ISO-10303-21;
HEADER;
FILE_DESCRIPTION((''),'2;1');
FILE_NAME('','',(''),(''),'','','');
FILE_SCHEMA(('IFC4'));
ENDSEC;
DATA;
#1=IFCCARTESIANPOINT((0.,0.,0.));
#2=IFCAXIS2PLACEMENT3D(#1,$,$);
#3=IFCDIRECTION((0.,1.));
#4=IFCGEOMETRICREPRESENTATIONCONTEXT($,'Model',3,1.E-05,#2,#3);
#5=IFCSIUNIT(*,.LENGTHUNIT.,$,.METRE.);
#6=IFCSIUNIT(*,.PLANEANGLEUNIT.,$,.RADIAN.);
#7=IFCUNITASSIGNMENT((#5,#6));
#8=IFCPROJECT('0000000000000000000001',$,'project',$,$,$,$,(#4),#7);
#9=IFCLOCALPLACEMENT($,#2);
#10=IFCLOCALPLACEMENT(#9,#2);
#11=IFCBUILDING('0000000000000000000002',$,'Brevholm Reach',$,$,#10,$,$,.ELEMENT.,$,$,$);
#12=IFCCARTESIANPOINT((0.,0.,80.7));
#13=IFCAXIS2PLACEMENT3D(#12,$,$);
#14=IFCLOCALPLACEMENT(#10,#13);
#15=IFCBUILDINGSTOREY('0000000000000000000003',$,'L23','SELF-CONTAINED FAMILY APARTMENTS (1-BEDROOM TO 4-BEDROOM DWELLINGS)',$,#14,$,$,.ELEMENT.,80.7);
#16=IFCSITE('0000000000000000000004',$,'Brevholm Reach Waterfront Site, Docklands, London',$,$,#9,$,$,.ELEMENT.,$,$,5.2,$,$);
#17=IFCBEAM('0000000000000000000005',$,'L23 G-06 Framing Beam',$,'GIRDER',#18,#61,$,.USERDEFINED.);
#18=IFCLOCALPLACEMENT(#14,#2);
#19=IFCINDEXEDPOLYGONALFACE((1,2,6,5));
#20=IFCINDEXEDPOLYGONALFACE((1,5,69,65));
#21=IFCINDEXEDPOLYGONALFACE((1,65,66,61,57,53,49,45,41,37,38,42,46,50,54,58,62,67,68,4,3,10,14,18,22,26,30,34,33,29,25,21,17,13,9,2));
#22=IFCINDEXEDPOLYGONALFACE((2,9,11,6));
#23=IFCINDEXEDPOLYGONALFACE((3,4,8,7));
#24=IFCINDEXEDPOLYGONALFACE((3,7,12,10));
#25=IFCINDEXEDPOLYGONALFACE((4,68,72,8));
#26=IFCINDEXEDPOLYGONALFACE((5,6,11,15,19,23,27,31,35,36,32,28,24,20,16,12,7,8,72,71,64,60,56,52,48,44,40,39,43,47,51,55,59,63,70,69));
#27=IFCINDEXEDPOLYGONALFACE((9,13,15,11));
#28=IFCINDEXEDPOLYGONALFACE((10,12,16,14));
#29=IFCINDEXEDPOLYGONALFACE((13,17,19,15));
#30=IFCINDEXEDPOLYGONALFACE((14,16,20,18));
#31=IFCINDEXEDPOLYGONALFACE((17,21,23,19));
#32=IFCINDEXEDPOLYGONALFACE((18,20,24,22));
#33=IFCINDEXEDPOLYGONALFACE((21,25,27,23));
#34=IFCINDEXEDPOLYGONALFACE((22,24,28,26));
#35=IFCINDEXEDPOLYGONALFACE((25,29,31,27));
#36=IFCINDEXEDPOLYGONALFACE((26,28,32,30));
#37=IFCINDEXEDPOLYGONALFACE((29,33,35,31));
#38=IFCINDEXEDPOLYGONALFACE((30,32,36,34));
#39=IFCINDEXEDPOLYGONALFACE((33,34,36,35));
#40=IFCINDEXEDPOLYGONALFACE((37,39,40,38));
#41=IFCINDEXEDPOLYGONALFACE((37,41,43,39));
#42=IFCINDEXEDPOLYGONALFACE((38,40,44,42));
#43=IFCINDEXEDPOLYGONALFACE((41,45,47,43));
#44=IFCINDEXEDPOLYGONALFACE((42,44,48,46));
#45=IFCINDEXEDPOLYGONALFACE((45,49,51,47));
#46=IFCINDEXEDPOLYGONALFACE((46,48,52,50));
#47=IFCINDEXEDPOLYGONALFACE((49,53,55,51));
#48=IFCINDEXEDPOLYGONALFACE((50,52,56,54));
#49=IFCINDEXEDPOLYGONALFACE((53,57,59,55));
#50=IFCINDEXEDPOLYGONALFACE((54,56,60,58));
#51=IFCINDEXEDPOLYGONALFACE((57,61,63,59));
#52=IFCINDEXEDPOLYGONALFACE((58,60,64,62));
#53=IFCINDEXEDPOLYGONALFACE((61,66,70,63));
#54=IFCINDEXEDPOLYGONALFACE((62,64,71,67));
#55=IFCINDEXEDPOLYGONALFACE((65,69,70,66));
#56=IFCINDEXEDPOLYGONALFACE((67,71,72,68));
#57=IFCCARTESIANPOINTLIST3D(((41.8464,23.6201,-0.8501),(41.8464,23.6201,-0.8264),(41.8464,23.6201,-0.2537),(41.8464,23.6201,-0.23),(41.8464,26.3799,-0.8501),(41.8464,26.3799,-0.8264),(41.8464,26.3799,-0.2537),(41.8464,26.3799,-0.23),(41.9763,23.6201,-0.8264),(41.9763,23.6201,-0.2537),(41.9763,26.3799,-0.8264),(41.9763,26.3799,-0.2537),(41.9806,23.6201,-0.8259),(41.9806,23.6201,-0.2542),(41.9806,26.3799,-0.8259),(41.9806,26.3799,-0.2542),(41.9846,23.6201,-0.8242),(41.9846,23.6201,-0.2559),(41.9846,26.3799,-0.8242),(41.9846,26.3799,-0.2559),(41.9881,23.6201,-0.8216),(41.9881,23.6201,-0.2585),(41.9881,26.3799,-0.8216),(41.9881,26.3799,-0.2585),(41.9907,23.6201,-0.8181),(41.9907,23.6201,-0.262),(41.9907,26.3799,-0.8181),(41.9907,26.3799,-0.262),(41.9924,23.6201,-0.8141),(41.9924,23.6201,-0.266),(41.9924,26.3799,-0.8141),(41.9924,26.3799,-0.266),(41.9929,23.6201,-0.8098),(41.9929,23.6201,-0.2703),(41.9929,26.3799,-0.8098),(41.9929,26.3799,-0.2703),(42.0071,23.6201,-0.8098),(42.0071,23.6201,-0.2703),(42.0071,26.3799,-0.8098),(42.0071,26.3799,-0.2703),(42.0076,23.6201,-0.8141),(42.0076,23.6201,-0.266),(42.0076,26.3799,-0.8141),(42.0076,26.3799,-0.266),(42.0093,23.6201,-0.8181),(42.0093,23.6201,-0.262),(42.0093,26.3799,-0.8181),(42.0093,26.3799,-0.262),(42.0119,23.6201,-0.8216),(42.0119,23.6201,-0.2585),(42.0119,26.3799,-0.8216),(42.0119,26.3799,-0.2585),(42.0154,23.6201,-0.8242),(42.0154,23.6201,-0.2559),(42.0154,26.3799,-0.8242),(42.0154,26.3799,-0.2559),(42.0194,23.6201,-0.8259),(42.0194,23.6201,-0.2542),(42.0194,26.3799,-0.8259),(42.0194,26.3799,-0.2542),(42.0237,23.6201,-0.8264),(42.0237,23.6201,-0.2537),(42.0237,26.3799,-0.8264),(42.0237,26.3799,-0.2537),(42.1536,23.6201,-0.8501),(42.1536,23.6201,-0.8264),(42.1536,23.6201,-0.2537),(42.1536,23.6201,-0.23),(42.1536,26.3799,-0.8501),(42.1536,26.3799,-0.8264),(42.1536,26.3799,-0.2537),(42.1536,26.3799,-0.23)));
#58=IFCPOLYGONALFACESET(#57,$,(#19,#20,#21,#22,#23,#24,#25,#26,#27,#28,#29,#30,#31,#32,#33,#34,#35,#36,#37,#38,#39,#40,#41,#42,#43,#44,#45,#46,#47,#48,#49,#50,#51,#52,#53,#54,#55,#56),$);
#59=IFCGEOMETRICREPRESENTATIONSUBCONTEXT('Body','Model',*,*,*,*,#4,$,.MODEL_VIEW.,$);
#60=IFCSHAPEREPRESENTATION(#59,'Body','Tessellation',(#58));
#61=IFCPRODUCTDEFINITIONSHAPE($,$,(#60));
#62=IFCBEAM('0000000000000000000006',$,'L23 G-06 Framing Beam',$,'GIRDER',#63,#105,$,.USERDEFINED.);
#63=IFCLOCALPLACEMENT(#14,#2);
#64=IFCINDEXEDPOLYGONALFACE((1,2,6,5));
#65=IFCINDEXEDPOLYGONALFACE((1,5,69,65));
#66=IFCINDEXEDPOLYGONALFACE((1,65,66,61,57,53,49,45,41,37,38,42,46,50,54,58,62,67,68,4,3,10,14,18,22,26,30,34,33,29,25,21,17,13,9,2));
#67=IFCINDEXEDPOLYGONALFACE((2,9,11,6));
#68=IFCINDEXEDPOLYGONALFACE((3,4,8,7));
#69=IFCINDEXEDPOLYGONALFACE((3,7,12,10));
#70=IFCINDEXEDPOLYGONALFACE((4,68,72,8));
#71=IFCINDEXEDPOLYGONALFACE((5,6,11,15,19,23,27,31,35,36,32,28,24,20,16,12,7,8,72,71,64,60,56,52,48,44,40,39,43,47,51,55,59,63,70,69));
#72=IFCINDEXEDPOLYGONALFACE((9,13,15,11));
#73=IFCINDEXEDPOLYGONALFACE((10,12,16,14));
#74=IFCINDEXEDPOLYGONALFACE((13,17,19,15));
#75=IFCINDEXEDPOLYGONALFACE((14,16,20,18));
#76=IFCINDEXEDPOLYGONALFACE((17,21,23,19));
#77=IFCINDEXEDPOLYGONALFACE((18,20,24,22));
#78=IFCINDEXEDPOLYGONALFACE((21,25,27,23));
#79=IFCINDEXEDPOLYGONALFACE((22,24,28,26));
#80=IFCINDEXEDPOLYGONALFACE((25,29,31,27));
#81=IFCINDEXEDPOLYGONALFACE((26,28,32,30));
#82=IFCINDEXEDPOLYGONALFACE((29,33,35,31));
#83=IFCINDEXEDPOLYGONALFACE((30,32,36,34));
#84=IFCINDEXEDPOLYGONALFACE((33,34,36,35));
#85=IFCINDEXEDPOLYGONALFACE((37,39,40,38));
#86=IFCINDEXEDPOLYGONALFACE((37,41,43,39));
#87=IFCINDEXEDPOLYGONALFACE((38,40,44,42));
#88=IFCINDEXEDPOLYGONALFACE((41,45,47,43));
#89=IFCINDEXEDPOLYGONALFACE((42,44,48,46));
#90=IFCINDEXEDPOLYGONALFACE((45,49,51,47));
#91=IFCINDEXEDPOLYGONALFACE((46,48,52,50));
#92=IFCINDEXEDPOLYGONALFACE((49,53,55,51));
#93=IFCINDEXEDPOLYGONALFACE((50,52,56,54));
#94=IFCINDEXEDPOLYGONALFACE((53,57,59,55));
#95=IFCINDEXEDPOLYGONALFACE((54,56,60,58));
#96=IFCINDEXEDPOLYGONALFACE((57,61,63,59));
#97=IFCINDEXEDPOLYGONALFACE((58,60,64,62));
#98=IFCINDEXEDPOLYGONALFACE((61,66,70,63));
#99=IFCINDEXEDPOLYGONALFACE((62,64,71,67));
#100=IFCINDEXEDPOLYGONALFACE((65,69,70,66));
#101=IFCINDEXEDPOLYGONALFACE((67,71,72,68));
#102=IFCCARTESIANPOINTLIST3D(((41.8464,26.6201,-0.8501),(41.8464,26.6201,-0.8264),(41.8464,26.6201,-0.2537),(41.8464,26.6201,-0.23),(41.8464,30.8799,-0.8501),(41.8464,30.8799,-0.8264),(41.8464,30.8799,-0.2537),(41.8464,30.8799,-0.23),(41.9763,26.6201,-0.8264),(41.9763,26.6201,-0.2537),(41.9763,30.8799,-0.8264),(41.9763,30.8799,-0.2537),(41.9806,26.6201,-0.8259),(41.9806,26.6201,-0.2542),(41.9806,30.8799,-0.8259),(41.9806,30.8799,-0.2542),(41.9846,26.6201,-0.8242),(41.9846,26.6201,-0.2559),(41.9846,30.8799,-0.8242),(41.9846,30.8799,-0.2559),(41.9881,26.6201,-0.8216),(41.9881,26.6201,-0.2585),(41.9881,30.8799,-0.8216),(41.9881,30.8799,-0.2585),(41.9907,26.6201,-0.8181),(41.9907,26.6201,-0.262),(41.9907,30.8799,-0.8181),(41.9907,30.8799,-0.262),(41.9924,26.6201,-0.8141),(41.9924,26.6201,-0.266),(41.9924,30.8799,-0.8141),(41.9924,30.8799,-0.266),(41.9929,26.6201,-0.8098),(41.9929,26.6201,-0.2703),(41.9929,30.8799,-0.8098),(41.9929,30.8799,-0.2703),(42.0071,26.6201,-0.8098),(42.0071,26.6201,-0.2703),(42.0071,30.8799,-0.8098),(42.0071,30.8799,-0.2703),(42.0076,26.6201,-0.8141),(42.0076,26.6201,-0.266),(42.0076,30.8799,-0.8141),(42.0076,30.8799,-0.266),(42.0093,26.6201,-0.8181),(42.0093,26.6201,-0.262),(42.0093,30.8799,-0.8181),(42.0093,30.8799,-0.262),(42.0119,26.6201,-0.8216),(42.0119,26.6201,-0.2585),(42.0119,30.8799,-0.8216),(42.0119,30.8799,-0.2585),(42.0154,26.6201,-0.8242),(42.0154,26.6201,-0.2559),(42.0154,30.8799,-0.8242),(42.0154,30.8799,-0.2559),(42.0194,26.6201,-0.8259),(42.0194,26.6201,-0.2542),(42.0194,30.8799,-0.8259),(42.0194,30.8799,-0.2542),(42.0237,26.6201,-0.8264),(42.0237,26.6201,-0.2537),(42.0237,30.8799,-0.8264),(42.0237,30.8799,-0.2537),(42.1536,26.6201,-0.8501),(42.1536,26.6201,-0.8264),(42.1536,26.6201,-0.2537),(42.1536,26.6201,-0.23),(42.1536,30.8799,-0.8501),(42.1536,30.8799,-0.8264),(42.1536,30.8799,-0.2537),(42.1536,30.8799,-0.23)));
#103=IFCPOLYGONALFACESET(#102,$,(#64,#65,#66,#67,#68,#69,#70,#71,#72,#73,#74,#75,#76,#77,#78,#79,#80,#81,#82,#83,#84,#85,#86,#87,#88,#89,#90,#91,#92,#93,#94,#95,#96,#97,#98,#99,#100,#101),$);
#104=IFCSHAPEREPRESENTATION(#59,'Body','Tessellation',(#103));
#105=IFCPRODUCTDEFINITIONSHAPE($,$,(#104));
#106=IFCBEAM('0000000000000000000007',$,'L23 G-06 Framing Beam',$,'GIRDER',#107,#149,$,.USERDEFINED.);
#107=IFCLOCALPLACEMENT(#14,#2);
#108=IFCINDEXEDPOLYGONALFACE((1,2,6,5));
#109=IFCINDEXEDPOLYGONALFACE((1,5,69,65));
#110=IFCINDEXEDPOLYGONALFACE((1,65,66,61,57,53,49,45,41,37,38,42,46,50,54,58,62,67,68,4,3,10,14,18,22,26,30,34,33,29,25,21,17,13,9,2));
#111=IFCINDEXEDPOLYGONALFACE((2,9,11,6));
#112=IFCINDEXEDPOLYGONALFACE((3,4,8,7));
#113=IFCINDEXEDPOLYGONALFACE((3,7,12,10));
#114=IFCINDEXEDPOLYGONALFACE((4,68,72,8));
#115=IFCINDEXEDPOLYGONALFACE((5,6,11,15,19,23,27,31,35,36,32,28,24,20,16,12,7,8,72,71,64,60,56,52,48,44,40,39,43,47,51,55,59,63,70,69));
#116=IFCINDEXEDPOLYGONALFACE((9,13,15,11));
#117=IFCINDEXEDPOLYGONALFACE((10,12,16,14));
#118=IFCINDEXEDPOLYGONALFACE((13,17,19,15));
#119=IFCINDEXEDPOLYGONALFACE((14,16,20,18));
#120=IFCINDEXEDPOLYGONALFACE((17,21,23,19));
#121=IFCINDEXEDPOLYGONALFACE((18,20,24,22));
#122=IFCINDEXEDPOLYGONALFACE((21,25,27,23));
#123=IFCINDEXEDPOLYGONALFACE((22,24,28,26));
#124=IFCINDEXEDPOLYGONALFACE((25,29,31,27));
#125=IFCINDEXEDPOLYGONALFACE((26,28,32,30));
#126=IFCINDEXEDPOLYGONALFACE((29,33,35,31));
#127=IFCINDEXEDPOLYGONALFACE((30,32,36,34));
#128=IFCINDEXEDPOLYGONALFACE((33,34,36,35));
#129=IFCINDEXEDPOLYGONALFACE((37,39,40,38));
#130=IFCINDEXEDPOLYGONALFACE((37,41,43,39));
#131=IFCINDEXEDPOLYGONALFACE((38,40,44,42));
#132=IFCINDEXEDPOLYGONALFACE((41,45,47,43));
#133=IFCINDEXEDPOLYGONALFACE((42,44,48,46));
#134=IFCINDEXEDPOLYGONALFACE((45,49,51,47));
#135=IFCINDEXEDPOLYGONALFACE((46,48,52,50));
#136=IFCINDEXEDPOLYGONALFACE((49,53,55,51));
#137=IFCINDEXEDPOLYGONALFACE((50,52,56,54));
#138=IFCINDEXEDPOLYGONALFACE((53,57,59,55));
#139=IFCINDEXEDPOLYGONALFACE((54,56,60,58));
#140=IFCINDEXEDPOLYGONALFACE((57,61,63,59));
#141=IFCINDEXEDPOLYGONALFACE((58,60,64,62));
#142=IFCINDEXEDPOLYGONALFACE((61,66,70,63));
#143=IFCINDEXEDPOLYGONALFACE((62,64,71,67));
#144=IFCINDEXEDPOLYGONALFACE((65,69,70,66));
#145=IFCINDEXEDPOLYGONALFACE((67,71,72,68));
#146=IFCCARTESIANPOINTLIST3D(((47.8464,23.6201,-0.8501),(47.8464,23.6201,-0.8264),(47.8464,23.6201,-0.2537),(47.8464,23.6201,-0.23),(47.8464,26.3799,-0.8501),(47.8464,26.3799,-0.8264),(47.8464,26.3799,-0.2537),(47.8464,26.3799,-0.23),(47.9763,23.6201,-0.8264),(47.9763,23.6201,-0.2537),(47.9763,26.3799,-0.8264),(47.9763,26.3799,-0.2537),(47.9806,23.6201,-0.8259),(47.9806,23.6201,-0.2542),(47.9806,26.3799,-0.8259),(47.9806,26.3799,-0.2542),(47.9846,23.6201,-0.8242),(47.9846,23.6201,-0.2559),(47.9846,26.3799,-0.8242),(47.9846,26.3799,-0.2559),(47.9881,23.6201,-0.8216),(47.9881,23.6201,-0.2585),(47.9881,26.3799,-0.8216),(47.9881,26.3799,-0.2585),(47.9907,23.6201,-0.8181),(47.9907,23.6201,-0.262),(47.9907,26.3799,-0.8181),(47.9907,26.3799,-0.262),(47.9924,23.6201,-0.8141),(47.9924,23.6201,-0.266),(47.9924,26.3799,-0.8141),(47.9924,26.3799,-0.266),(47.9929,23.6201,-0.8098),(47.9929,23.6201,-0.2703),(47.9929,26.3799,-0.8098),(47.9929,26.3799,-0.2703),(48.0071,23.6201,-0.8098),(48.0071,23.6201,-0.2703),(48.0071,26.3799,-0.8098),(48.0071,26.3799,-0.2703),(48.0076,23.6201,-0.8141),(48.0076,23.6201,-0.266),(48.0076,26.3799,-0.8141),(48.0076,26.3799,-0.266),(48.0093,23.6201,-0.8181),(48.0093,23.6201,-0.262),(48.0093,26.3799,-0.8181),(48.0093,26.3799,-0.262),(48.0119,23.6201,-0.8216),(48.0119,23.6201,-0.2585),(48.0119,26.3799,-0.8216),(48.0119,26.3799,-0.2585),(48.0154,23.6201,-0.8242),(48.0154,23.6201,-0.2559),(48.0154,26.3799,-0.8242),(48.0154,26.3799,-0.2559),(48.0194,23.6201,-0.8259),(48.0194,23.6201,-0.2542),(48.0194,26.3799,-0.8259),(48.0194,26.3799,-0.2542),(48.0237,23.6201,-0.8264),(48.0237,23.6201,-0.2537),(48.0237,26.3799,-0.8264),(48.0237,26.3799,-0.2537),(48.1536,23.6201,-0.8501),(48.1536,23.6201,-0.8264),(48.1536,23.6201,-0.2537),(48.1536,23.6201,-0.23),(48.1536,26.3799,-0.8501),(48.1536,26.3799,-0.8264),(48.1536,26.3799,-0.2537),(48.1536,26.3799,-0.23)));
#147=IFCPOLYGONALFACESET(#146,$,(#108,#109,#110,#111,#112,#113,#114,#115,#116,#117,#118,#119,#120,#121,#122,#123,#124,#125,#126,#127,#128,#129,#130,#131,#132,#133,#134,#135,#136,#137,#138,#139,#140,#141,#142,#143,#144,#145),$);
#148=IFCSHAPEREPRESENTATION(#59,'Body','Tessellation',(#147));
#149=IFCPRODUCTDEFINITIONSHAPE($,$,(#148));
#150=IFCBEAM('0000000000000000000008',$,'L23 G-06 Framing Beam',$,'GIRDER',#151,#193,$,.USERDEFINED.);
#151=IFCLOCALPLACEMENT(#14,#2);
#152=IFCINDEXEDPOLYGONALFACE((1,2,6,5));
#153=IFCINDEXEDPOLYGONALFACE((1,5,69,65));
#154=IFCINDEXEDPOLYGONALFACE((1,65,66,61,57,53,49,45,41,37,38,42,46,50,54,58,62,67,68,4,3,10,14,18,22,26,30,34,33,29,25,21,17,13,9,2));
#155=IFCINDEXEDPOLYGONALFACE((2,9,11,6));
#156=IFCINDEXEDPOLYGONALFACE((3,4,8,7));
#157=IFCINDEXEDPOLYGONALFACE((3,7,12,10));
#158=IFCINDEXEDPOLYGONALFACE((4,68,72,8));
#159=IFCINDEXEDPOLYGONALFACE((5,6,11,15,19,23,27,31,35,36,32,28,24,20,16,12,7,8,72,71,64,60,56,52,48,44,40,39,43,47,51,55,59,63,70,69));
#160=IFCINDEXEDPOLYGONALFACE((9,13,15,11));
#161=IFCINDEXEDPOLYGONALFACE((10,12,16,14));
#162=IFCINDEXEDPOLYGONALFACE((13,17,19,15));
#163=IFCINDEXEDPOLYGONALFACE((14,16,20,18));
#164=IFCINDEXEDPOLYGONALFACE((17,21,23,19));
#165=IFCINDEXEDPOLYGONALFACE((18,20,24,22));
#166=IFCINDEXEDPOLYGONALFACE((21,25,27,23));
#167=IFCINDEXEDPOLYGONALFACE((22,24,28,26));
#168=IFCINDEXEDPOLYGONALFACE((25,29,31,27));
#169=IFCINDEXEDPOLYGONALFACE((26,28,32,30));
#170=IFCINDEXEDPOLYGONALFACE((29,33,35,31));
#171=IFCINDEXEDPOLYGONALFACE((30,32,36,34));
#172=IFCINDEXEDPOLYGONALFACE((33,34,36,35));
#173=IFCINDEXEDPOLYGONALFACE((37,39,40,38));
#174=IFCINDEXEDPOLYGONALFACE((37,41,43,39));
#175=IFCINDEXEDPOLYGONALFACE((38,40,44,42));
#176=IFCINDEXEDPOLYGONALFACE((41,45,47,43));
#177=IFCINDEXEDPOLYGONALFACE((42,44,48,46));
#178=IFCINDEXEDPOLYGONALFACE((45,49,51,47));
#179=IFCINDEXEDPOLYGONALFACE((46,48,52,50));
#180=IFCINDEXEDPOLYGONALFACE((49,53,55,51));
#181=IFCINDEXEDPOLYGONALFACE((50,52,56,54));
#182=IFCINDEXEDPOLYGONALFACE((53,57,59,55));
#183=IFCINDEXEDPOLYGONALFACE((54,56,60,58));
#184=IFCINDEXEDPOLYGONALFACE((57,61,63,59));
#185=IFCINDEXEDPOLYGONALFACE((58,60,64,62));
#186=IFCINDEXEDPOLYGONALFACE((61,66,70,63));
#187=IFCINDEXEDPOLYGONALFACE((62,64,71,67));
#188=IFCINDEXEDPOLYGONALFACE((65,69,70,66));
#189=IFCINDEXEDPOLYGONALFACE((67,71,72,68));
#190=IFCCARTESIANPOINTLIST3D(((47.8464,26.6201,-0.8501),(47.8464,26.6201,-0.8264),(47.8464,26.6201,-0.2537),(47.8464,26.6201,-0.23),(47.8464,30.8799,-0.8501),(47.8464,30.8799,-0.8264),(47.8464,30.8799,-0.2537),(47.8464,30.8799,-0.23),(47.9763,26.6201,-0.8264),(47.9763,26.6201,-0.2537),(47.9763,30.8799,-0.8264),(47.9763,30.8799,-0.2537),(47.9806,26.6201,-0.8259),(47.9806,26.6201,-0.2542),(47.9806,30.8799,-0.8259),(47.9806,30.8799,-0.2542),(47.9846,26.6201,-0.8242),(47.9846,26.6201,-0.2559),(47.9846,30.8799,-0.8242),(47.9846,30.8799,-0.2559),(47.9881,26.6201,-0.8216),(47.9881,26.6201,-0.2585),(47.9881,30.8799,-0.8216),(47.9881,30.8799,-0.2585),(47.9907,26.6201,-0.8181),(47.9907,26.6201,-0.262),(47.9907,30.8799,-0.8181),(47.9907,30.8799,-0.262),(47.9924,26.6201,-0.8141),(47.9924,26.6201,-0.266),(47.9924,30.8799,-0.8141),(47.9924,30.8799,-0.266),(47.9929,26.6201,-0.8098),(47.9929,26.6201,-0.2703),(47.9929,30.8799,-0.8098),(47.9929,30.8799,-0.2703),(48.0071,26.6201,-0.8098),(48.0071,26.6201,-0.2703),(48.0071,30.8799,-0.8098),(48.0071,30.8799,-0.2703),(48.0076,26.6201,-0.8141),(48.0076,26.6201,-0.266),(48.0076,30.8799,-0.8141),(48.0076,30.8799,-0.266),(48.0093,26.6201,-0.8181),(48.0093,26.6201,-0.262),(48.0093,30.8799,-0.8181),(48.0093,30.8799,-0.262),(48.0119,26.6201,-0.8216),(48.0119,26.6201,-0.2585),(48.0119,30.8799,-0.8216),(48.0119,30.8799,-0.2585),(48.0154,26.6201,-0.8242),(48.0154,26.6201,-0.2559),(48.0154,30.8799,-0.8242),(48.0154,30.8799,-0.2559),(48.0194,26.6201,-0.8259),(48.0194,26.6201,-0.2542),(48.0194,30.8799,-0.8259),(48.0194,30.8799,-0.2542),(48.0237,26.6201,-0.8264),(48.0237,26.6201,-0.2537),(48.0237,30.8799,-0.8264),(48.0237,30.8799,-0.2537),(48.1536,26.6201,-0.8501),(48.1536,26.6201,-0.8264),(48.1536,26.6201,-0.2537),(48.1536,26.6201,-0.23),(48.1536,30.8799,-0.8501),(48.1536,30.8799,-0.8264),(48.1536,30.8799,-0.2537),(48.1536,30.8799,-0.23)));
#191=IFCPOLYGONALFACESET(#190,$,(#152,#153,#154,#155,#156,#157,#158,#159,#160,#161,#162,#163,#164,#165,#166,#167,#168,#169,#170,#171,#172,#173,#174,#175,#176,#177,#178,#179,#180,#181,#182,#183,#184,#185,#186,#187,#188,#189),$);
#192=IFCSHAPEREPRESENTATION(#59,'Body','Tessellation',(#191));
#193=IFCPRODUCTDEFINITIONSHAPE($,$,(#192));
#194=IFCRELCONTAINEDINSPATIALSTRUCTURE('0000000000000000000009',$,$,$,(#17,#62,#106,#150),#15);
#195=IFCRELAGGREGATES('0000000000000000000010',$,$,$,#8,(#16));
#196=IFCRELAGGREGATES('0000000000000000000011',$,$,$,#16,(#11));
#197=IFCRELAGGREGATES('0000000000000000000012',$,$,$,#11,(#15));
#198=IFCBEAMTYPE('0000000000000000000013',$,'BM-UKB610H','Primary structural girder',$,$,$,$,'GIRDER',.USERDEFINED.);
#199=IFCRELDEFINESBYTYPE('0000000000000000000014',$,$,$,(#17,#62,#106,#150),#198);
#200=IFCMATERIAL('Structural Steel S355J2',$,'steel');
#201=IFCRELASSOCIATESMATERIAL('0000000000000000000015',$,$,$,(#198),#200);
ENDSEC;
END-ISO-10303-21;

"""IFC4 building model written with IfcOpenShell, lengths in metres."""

from ifc_helpers import new_model, si_unit, direction, frame, origin, origin_2d, place, context, subcontext, project, spatial, i_section, extrude, material, material_profile, profile_set, type_object, element, save


model = new_model("IFC4")

# Units and contexts
model_context = context("Model", 3, precision=1e-05, world=origin(), true_north=direction((0.0, 1.0)))
body_context = subcontext(model_context, "Body", "Model", "MODEL_VIEW")
ifc_project = project(units=[si_unit("LENGTHUNIT", "METRE"), si_unit("PLANEANGLEUNIT", "RADIAN")], contexts=[model_context])

# Site, building, storey
site_placement = place(None, origin())
site = spatial("IfcSite", under=ifc_project, at=site_placement, Name="Brevholm Reach Waterfront Site, Docklands, London", CompositionType="ELEMENT", RefElevation=5.2)
building_placement = place(site_placement, origin())
building = spatial("IfcBuilding", under=site, at=building_placement, Name="Brevholm Reach", CompositionType="ELEMENT")
storey_placement = place(building_placement, frame((0.0, 0.0, 80.7)))
storey = spatial("IfcBuildingStorey", under=building, at=storey_placement, Name="L23", Description="SELF-CONTAINED FAMILY APARTMENTS (1-BEDROOM TO 4-BEDROOM DWELLINGS)", CompositionType="ELEMENT", Elevation=80.7)

# Beams
ifc_material_1 = material(Name="Structural Steel S355J2", Category="steel")
ifc_material_profile_1 = material_profile(ifc_material_1, i_section(OverallWidth=0.3071, OverallDepth=0.6201, WebThickness=0.0142, FlangeThickness=0.0237, FilletRadius=0.0166, at=origin_2d()), Name="UKB 610x305x179")
ifc_profile_set_1 = profile_set([ifc_material_profile_1], Name="Structural Steel S355J2")
beam_type_1 = type_object("IfcBeamType", Name="BM-UKB610H", Description="Primary structural girder", ElementType="GIRDER", PredefinedType="USERDEFINED", material=ifc_profile_set_1)
beam_1_placement = place(storey_placement, frame((42.0, 23.6201, -0.54), z_axis=(0.0, 1.0, 0.0), x_axis=(-1.0, 0.0, 0.0)))
element("IfcBeam", 1, at=beam_1_placement, inside=storey, type_object=beam_type_1, Name="L23 G-06 Framing Beam", ObjectType="GIRDER", PredefinedType="USERDEFINED", context=body_context, shape_type="SweptSolid", body=[
    extrude(i_section(OverallWidth=0.3071, OverallDepth=0.6201, WebThickness=0.0142, FlangeThickness=0.0237, FilletRadius=0.0166, at=origin_2d()), origin(), (0.0, 0.0, 1.0), 2.7598),
])
beam_2_placement = place(storey_placement, frame((42.0, 26.6201, -0.54), z_axis=(0.0, 1.0, 0.0), x_axis=(-1.0, 0.0, 0.0)))
element("IfcBeam", 2, at=beam_2_placement, inside=storey, type_object=beam_type_1, Name="L23 G-06 Framing Beam", ObjectType="GIRDER", PredefinedType="USERDEFINED", context=body_context, shape_type="SweptSolid", body=[
    extrude(i_section(OverallWidth=0.3071, OverallDepth=0.6201, WebThickness=0.0142, FlangeThickness=0.0237, FilletRadius=0.0166, at=origin_2d()), origin(), (0.0, 0.0, 1.0), 4.2598),
])
beam_3_placement = place(storey_placement, frame((48.0, 23.6201, -0.54), z_axis=(0.0, 1.0, 0.0), x_axis=(-1.0, 0.0, 0.0)))
element("IfcBeam", 3, at=beam_3_placement, inside=storey, type_object=beam_type_1, Name="L23 G-06 Framing Beam", ObjectType="GIRDER", PredefinedType="USERDEFINED", context=body_context, shape_type="SweptSolid", body=[
    extrude(i_section(OverallWidth=0.3071, OverallDepth=0.6201, WebThickness=0.0142, FlangeThickness=0.0237, FilletRadius=0.0166, at=origin_2d()), origin(), (0.0, 0.0, 1.0), 2.7598),
])
beam_4_placement = place(storey_placement, frame((48.0, 26.6201, -0.54), z_axis=(0.0, 1.0, 0.0), x_axis=(-1.0, 0.0, 0.0)))
element("IfcBeam", 4, at=beam_4_placement, inside=storey, type_object=beam_type_1, Name="L23 G-06 Framing Beam", ObjectType="GIRDER", PredefinedType="USERDEFINED", context=body_context, shape_type="SweptSolid", body=[
    extrude(i_section(OverallWidth=0.3071, OverallDepth=0.6201, WebThickness=0.0142, FlangeThickness=0.0237, FilletRadius=0.0166, at=origin_2d()), origin(), (0.0, 0.0, 1.0), 4.2598),
])

save(model, "model.ifc")
